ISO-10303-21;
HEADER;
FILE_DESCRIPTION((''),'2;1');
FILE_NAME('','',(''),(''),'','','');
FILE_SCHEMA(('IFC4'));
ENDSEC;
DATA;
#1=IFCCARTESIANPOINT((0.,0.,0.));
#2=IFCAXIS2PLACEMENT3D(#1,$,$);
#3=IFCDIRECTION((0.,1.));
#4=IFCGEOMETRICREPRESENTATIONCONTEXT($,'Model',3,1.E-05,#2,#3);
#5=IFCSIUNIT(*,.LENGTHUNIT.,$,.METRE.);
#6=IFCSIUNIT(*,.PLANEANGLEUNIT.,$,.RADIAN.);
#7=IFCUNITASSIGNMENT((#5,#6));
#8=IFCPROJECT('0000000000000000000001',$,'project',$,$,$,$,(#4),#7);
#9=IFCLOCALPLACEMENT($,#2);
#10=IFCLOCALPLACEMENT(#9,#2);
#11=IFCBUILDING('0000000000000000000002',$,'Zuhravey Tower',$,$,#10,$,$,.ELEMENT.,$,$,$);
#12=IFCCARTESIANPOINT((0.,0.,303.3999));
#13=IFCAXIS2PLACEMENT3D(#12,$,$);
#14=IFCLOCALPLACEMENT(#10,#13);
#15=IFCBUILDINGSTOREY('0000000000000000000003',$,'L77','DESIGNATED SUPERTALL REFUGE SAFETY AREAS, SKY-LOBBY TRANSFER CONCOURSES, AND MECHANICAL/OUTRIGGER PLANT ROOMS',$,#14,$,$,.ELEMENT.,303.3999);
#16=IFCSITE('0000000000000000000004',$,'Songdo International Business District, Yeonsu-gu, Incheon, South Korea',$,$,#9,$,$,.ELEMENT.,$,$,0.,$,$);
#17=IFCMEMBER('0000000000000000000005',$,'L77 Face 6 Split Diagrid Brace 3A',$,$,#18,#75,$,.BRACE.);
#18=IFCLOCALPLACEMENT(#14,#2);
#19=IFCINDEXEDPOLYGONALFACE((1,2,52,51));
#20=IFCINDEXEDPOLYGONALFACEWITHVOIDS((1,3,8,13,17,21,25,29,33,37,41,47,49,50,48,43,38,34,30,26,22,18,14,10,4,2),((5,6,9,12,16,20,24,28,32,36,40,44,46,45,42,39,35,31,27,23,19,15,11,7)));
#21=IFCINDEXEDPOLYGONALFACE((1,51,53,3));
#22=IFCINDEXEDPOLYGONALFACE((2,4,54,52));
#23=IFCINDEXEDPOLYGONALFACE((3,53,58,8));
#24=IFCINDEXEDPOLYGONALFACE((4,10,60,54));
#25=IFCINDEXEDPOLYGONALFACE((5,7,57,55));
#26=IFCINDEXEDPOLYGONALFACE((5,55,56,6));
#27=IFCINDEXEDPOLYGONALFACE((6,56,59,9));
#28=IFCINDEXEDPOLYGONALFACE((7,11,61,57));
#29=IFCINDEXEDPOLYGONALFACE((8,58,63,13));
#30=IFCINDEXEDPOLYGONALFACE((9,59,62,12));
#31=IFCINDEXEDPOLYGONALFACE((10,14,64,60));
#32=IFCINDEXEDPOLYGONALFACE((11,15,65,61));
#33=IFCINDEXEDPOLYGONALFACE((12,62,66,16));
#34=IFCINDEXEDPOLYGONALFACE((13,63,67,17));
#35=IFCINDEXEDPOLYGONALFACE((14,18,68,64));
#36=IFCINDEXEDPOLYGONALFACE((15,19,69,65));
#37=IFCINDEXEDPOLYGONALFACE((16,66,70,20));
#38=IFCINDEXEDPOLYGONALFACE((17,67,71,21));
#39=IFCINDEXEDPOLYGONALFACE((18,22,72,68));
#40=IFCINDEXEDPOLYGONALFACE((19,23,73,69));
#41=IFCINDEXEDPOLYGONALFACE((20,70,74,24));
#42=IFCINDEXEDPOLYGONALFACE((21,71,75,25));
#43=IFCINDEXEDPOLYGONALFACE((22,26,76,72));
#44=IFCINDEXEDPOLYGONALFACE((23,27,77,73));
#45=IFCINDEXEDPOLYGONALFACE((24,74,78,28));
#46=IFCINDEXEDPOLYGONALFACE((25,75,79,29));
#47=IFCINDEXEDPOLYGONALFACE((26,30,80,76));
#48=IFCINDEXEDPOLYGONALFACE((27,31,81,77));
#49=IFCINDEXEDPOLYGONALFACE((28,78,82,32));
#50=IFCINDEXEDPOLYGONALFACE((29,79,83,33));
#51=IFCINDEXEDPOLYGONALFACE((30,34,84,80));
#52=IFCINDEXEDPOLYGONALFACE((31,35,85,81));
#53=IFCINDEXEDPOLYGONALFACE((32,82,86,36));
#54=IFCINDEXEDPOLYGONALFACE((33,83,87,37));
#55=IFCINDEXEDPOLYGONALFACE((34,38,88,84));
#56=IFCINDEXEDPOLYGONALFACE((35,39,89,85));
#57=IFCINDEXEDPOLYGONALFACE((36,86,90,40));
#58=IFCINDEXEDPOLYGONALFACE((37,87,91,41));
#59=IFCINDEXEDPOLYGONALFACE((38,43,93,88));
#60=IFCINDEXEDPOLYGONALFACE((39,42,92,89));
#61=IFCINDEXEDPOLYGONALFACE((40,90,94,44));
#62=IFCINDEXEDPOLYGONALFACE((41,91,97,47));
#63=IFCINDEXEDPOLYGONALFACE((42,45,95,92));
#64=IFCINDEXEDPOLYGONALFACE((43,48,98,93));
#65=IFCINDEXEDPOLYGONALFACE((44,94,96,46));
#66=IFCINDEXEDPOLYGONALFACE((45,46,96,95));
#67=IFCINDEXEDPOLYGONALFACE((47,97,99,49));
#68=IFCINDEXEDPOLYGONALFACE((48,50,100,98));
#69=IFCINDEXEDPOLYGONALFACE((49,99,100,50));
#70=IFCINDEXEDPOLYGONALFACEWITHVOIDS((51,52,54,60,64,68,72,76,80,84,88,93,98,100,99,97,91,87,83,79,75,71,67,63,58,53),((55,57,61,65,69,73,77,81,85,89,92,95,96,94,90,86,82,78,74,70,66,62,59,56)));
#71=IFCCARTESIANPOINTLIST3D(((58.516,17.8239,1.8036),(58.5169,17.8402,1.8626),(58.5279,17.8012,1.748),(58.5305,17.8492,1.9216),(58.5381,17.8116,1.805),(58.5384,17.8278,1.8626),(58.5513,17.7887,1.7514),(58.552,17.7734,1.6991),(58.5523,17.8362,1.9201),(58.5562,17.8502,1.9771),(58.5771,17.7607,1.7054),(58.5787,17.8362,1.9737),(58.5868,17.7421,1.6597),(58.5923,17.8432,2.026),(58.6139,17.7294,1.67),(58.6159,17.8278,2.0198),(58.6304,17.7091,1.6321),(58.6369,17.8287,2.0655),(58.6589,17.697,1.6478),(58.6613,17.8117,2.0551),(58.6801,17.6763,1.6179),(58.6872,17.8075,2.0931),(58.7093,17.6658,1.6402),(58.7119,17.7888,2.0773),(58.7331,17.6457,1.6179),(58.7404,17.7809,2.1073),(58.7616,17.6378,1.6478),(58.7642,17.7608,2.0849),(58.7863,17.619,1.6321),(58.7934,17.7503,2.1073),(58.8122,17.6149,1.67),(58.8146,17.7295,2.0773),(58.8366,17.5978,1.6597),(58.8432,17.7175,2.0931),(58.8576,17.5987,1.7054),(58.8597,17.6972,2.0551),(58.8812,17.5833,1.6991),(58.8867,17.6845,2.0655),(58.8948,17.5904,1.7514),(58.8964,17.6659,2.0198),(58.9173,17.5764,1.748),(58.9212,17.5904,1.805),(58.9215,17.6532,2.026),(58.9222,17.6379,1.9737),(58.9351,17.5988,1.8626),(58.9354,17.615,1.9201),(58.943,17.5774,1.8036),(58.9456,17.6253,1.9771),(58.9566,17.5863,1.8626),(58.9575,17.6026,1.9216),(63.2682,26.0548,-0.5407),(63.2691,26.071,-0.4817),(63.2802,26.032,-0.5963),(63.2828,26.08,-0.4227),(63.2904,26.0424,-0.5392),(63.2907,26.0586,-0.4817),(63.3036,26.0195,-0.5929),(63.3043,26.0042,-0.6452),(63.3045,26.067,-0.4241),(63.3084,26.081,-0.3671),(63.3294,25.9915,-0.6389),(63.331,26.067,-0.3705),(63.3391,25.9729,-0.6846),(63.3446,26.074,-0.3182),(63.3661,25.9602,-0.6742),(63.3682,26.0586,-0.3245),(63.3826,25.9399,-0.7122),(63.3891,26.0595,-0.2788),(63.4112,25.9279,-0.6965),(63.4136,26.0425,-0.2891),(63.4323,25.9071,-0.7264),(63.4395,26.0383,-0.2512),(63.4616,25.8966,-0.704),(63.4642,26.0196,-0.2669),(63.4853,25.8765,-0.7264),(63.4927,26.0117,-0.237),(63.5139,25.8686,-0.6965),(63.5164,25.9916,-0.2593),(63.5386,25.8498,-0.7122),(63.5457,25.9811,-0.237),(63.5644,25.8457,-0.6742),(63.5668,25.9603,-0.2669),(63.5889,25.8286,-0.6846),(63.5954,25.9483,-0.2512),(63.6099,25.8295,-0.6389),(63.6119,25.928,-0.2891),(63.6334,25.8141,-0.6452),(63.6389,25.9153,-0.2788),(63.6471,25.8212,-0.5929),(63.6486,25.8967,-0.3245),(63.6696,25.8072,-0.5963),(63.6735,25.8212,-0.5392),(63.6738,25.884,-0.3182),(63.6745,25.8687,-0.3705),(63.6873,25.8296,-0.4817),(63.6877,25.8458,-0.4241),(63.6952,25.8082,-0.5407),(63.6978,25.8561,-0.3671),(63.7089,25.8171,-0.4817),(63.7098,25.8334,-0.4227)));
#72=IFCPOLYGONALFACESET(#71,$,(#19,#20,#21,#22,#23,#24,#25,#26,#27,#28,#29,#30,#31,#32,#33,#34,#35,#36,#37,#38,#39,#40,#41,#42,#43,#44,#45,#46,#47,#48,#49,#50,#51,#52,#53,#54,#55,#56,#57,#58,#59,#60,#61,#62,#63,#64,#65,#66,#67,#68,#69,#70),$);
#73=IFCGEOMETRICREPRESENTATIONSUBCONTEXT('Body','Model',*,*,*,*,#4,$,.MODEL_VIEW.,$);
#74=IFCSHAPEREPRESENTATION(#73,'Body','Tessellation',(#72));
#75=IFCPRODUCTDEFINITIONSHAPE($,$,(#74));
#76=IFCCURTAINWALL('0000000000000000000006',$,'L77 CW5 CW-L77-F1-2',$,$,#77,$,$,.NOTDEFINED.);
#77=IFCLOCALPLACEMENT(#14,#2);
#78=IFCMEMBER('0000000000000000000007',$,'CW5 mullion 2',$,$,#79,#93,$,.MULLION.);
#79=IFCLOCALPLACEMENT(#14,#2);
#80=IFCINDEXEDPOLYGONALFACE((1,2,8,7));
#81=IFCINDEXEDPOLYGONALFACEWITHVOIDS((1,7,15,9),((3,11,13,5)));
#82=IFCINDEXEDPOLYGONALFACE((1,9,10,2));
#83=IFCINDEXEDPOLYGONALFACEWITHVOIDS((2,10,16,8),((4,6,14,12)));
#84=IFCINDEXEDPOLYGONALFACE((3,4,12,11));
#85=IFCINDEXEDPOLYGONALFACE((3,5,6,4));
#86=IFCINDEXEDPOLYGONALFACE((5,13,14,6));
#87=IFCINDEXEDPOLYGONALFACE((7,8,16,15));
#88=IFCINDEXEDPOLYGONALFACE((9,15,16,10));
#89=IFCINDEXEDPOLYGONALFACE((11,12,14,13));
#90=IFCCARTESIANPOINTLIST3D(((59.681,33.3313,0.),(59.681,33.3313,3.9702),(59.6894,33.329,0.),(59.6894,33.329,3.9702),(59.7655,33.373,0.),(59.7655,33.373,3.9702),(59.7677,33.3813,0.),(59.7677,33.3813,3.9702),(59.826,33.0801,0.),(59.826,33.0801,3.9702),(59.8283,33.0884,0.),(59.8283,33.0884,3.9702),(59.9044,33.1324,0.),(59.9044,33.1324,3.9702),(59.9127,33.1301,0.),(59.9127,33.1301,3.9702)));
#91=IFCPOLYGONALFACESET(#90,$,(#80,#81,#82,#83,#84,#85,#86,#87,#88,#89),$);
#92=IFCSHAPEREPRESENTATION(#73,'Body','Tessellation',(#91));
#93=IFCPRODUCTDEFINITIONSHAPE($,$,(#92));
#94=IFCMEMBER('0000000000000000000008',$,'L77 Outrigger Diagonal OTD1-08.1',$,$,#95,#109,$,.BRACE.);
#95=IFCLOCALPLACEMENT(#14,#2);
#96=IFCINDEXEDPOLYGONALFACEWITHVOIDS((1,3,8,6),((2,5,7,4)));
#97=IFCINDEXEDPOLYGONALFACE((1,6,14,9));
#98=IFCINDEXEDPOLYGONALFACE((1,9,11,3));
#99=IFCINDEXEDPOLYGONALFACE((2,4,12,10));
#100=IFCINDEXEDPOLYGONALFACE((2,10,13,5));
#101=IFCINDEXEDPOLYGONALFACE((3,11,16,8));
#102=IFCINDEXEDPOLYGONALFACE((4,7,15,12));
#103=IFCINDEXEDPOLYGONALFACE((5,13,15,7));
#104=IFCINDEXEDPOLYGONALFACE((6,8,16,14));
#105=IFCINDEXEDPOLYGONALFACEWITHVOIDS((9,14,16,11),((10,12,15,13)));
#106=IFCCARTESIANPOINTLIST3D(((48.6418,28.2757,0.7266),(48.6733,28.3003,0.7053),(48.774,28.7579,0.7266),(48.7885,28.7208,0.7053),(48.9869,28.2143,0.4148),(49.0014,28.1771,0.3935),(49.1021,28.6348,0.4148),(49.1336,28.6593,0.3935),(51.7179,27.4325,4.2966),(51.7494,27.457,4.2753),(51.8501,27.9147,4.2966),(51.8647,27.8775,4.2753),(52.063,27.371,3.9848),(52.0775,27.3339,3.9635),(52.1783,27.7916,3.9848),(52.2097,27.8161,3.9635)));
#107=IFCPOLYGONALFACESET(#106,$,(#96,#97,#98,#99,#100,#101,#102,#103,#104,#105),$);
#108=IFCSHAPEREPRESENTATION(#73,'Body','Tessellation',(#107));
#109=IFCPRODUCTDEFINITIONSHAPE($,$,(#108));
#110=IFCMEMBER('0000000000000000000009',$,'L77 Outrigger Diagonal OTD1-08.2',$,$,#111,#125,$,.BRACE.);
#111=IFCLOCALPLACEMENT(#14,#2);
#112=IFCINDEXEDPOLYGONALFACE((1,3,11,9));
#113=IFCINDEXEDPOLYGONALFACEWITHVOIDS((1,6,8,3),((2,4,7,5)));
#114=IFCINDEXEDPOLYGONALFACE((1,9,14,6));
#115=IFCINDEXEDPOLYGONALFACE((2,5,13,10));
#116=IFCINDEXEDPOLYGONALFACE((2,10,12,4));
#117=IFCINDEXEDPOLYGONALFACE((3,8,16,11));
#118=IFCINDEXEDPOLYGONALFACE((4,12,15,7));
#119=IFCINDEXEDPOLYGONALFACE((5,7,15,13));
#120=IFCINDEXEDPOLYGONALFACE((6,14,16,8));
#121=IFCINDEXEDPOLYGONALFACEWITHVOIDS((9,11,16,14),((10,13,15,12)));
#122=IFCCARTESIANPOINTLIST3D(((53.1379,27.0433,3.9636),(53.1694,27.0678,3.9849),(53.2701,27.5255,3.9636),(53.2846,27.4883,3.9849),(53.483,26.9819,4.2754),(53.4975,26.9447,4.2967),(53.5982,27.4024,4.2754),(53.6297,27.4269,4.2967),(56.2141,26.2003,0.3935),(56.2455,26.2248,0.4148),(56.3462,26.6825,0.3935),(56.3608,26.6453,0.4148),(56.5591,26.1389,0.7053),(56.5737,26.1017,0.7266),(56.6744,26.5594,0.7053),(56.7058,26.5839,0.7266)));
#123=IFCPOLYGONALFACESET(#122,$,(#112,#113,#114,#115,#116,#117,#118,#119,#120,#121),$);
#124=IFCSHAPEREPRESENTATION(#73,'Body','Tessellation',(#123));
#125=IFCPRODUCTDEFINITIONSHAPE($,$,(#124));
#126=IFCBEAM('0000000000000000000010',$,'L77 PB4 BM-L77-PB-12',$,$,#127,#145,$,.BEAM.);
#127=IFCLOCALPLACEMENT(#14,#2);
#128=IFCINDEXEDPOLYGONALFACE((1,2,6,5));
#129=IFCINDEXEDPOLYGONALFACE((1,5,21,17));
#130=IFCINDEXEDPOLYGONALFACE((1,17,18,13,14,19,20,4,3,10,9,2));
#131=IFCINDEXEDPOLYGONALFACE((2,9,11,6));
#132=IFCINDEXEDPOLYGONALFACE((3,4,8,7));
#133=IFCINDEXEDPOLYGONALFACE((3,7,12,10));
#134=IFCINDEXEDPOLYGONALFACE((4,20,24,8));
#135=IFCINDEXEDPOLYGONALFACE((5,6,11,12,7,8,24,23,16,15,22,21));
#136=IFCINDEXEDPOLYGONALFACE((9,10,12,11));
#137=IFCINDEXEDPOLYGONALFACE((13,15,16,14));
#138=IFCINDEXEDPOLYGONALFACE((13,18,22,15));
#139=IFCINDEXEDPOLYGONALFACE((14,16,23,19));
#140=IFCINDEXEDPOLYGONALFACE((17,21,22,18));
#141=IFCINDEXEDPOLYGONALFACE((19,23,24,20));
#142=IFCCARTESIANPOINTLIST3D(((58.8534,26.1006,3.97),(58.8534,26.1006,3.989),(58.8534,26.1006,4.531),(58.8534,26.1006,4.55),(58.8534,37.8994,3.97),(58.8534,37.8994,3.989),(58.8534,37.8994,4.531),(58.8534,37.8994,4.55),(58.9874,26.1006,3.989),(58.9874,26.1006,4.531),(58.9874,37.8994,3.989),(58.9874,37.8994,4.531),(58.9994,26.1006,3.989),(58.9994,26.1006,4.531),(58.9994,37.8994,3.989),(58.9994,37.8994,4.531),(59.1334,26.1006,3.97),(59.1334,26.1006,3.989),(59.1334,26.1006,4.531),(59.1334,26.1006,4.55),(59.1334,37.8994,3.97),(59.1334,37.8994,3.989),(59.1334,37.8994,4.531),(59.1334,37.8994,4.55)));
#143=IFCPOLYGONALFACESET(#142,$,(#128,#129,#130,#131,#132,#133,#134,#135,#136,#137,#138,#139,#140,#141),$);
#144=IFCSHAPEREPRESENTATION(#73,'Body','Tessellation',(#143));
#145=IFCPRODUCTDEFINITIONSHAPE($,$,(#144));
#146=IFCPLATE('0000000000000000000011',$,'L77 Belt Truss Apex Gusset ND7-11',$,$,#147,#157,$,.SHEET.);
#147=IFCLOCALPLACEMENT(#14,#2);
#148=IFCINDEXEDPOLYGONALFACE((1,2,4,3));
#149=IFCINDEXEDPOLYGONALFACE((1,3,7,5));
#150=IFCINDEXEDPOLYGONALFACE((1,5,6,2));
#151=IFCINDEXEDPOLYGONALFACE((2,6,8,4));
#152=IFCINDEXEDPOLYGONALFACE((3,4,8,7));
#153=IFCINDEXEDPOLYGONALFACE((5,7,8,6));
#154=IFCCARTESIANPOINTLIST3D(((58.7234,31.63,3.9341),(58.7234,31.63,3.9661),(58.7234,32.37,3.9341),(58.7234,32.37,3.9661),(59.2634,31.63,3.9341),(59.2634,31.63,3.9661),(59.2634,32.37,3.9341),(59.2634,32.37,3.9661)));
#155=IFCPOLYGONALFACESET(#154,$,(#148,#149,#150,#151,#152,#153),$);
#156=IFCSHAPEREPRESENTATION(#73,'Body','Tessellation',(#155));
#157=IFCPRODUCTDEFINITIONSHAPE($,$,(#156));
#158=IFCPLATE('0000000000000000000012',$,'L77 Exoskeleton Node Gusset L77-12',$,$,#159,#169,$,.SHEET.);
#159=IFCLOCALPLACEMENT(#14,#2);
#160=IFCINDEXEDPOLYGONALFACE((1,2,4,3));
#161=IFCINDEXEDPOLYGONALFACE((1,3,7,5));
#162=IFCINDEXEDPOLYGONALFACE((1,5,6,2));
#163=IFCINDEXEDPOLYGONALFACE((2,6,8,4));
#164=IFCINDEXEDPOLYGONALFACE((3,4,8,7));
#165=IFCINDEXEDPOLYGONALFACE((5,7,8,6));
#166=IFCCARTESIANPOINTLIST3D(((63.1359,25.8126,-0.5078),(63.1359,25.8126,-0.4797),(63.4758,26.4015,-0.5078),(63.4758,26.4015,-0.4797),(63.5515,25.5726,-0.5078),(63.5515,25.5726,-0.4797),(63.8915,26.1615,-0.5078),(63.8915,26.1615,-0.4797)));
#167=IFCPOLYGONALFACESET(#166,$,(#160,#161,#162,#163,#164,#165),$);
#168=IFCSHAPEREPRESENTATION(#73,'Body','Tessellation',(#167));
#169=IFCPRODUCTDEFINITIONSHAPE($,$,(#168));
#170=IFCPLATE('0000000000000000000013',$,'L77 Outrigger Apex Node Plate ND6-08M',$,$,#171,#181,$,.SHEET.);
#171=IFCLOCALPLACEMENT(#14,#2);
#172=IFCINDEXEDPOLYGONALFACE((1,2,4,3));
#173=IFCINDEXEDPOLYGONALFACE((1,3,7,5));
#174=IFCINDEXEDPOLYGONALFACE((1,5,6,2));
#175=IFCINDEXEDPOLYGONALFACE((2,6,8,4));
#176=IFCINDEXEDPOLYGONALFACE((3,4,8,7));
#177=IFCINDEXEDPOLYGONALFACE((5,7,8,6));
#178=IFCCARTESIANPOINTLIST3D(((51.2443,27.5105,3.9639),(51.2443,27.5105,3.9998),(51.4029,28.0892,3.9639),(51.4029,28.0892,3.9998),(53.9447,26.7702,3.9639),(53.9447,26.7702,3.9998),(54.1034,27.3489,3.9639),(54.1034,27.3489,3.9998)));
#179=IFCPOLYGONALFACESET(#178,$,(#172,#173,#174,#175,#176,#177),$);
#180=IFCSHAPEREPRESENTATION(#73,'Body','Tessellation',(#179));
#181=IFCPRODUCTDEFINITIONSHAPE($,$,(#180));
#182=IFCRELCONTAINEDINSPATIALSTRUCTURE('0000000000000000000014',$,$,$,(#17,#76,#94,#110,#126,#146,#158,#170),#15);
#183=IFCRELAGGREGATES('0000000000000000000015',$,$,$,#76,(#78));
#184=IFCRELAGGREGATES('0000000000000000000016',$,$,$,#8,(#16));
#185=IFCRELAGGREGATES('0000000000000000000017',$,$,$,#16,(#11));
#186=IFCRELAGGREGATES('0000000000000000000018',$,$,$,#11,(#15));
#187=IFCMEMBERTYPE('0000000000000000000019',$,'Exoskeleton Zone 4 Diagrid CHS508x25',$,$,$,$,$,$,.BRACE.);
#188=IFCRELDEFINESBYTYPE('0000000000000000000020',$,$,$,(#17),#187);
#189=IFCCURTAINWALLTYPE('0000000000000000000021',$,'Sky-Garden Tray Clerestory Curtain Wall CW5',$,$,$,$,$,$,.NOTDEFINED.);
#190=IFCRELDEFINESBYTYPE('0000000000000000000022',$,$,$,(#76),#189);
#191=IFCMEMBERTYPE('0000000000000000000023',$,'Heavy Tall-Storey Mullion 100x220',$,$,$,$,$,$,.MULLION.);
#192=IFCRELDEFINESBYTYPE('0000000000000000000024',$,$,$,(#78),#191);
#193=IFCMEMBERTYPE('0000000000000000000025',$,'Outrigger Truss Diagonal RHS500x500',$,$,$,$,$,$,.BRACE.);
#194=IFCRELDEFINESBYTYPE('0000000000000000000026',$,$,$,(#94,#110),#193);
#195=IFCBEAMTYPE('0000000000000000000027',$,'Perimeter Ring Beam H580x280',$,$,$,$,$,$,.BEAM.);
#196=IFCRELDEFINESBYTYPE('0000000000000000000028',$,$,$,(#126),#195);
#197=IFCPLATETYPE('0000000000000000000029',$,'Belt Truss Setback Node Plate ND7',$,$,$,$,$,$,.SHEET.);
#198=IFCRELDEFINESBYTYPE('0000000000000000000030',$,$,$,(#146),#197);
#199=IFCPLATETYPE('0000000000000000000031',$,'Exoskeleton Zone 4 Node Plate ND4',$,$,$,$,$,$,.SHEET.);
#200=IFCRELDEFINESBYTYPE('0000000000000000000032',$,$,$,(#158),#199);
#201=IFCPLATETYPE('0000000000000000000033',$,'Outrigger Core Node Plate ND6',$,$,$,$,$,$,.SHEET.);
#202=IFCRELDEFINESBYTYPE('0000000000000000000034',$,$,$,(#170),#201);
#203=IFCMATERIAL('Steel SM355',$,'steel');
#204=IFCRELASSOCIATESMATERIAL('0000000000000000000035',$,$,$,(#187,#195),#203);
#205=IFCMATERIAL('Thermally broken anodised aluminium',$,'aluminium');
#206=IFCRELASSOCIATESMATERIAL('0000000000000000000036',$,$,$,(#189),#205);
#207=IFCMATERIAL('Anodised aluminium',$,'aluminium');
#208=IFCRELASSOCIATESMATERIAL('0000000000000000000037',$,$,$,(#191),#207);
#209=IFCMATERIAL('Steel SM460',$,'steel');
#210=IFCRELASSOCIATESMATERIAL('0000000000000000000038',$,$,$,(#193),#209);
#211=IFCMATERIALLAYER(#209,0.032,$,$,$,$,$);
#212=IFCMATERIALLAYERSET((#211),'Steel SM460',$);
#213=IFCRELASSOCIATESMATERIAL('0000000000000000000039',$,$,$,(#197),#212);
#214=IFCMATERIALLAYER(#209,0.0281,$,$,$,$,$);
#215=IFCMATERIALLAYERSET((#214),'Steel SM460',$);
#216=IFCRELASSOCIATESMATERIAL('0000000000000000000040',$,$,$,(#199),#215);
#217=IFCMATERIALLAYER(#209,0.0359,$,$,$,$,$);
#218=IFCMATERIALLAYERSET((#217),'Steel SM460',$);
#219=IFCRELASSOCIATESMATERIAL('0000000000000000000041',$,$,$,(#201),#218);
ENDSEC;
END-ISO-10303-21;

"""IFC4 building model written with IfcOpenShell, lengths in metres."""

from ifc_helpers import new_model, si_unit, direction, frame, origin, origin_2d, place, context, subcontext, project, spatial, rectangle, hollow_rectangle, hollow_circle, i_section, extrude, material, layer, layer_set, material_profile, profile_set, type_object, element, aggregate, save


model = new_model("IFC4")

# Units and contexts
model_context = context("Model", 3, precision=1e-05, world=origin(), true_north=direction((0.0, 1.0)))
body_context = subcontext(model_context, "Body", "Model", "MODEL_VIEW")
ifc_project = project(units=[si_unit("LENGTHUNIT", "METRE"), si_unit("PLANEANGLEUNIT", "RADIAN")], contexts=[model_context])

# Site, building, storey
site_placement = place(None, origin())
site = spatial("IfcSite", under=ifc_project, at=site_placement, Name="Songdo International Business District, Yeonsu-gu, Incheon, South Korea", CompositionType="ELEMENT", RefElevation=0.0)
building_placement = place(site_placement, origin())
building = spatial("IfcBuilding", under=site, at=building_placement, Name="Zuhravey Tower", CompositionType="ELEMENT")
storey_placement = place(building_placement, frame((0.0, 0.0, 303.3999)))
storey = spatial("IfcBuildingStorey", under=building, at=storey_placement, Name="L77", Description="DESIGNATED SUPERTALL REFUGE SAFETY AREAS, SKY-LOBBY TRANSFER CONCOURSES, AND MECHANICAL/OUTRIGGER PLANT ROOMS", CompositionType="ELEMENT", Elevation=303.3999)

# Shared definitions
ifc_material_1 = material(Name="Steel SM355", Category="steel")

# Shared definitions
ifc_material_2 = material(Name="Steel SM460", Category="steel")

# Member
ifc_material_profile_1 = material_profile(ifc_material_1, hollow_circle(Radius=0.2539, WallThickness=0.0249, at=origin_2d()), Name="CHS-508.0x25")
ifc_profile_set_1 = profile_set([ifc_material_profile_1], Name="Steel SM355")
member_type_1 = type_object("IfcMemberType", Name="Exoskeleton Zone 4 Diagrid CHS508x25", PredefinedType="BRACE", material=ifc_profile_set_1)
member_1_placement = place(storey_placement, frame((63.489, 25.9441, -0.4817), z_axis=(-0.485466, -0.840817, 0.239478), x_axis=(0.866017, -0.500015, 0.0)))
element("IfcMember", 1, at=member_1_placement, inside=storey, type_object=member_type_1, Name="L77 Face 6 Split Diagrid Brace 3A", PredefinedType="BRACE", context=body_context, shape_type="SweptSolid", body=[
    extrude(hollow_circle(Radius=0.2539, WallThickness=0.0249, at=origin_2d()), origin(), (0.0, 0.0, 1.0), 9.7891),
])

# Curtain wall, member
ifc_material_3 = material(Name="Thermally broken anodised aluminium", Category="aluminium")
curtain_wall_type = type_object("IfcCurtainWallType", Name="Sky-Garden Tray Clerestory Curtain Wall CW5", PredefinedType="NOTDEFINED", material=ifc_material_3)
curtain_wall_placement = place(storey_placement, origin())
curtain_wall = element("IfcCurtainWall", 2, at=curtain_wall_placement, inside=storey, type_object=curtain_wall_type, Name="L77 CW5 CW-L77-F1-2", PredefinedType="NOTDEFINED")
ifc_material_4 = material(Name="Anodised aluminium", Category="aluminium")
ifc_material_profile_2 = material_profile(ifc_material_4, hollow_rectangle(XDim=0.1001, YDim=0.29, WallThickness=0.0061, at=origin_2d()), Name="ALU-RHS-100x290x6")
ifc_profile_set_2 = profile_set([ifc_material_profile_2], Name="Anodised aluminium")
member_type_2 = type_object("IfcMemberType", Name="Heavy Tall-Storey Mullion 100x220", PredefinedType="MULLION", material=ifc_profile_set_2)
member_2_placement = place(storey_placement, frame((59.7969, 33.2307, 0.0), z_axis=(0.0, 0.0, 1.0), x_axis=(0.866023, 0.500004, 0.0)))
member_2 = element("IfcMember", 3, at=member_2_placement, type_object=member_type_2, Name="CW5 mullion 2", PredefinedType="MULLION", context=body_context, shape_type="SweptSolid", body=[
    extrude(hollow_rectangle(XDim=0.1001, YDim=0.29, WallThickness=0.0061, at=origin_2d()), origin(), (0.0, 0.0, 1.0), 3.9702),
])
aggregate(curtain_wall, [member_2])

# Members
ifc_material_profile_3 = material_profile(ifc_material_2, hollow_rectangle(XDim=0.5, YDim=0.5, WallThickness=0.032, at=origin_2d()), Name="RHS-500x500x32")
ifc_profile_set_3 = profile_set([ifc_material_profile_3], Name="Steel SM460")
member_type_3 = type_object("IfcMemberType", Name="Outrigger Truss Diagonal RHS500x500", PredefinedType="BRACE", material=ifc_profile_set_3)
for number, where, z_axis, x_axis, name in (
    (4, (48.8877, 28.4675, 0.5601), (0.642554, -0.176141, 0.74572), (0.264374, 0.96442, 0.0), "L77 Outrigger Diagonal OTD1-08.1"),
    (5, (56.46, 26.3921, 0.5601), (-0.64256, 0.176092, 0.745727), (-0.264302, -0.96444, 0.0), "L77 Outrigger Diagonal OTD1-08.2"),
):
    element("IfcMember", number, at=place(storey_placement, frame(where, z_axis=z_axis, x_axis=x_axis)), inside=storey, type_object=member_type_3, Name=name, PredefinedType="BRACE", context=body_context, shape_type="SweptSolid", body=[
        extrude(hollow_rectangle(XDim=0.5, YDim=0.5, WallThickness=0.032, at=origin_2d()), origin(), (0.0, 0.0, 1.0), 4.7874),
    ])

# Beam
ifc_material_profile_4 = material_profile(ifc_material_1, i_section(OverallWidth=0.28, OverallDepth=0.5801, WebThickness=0.012, FlangeThickness=0.019, at=origin_2d()), Name="H-580x280x12x19")
ifc_profile_set_4 = profile_set([ifc_material_profile_4], Name="Steel SM355")
beam_type_1 = type_object("IfcBeamType", Name="Perimeter Ring Beam H580x280", PredefinedType="BEAM", material=ifc_profile_set_4)
beam_1_placement = place(storey_placement, frame((58.9934, 26.1006, 4.26), z_axis=(0.0, 1.0, 0.0), x_axis=(-1.0, 0.0, 0.0)))
element("IfcBeam", 6, at=beam_1_placement, inside=storey, type_object=beam_type_1, Name="L77 PB4 BM-L77-PB-12", PredefinedType="BEAM", context=body_context, shape_type="SweptSolid", body=[
    extrude(i_section(OverallWidth=0.28, OverallDepth=0.5801, WebThickness=0.012, FlangeThickness=0.019, at=origin_2d()), origin(), (0.0, 0.0, 1.0), 11.7988),
])

# Plates
ifc_layer_1 = layer(ifc_material_2, 0.032)
ifc_layer_set_1 = layer_set([ifc_layer_1], Name="Steel SM460")
plate_type_1 = type_object("IfcPlateType", Name="Belt Truss Setback Node Plate ND7", PredefinedType="SHEET", material=ifc_layer_set_1)
plate_1_placement = place(storey_placement, frame((58.9934, 32.0, 3.9341), z_axis=(0.0, 0.0, 1.0), x_axis=(0.0, 1.0, 0.0)))
element("IfcPlate", 7, at=plate_1_placement, inside=storey, type_object=plate_type_1, Name="L77 Belt Truss Apex Gusset ND7-11", PredefinedType="SHEET", context=body_context, shape_type="SweptSolid", body=[
    extrude(rectangle(XDim=0.74, YDim=0.54, at=origin_2d()), origin(), (0.0, 0.0, 1.0), 0.032),
])
ifc_layer_2 = layer(ifc_material_2, 0.0281)
ifc_layer_set_2 = layer_set([ifc_layer_2], Name="Steel SM460")
plate_type_2 = type_object("IfcPlateType", Name="Exoskeleton Zone 4 Node Plate ND4", PredefinedType="SHEET", material=ifc_layer_set_2)
plate_2_placement = place(storey_placement, frame((63.5137, 25.9871, -0.5078), z_axis=(0.0, 0.0, 1.0), x_axis=(0.5, 0.866025, 0.0)))
element("IfcPlate", 8, at=plate_2_placement, inside=storey, type_object=plate_type_2, Name="L77 Exoskeleton Node Gusset L77-12", PredefinedType="SHEET", context=body_context, shape_type="SweptSolid", body=[
    extrude(rectangle(XDim=0.6799, YDim=0.48, at=origin_2d()), origin(), (0.0, 0.0, 1.0), 0.0281),
])
ifc_layer_3 = layer(ifc_material_2, 0.0359)
ifc_layer_set_3 = layer_set([ifc_layer_3], Name="Steel SM460")
plate_type_3 = type_object("IfcPlateType", Name="Outrigger Core Node Plate ND6", PredefinedType="SHEET", material=ifc_layer_set_3)
plate_3_placement = place(storey_placement, frame((52.6738, 27.4297, 3.9639), z_axis=(0.0, 0.0, 1.0), x_axis=(0.964419, -0.264378, 0.0)))
element("IfcPlate", 9, at=plate_3_placement, inside=storey, type_object=plate_type_3, Name="L77 Outrigger Apex Node Plate ND6-08M", PredefinedType="SHEET", context=body_context, shape_type="SweptSolid", body=[
    extrude(rectangle(XDim=2.8, YDim=0.6001, at=origin_2d()), origin(), (0.0, 0.0, 1.0), 0.0359),
])

save(model, "model.ifc")
